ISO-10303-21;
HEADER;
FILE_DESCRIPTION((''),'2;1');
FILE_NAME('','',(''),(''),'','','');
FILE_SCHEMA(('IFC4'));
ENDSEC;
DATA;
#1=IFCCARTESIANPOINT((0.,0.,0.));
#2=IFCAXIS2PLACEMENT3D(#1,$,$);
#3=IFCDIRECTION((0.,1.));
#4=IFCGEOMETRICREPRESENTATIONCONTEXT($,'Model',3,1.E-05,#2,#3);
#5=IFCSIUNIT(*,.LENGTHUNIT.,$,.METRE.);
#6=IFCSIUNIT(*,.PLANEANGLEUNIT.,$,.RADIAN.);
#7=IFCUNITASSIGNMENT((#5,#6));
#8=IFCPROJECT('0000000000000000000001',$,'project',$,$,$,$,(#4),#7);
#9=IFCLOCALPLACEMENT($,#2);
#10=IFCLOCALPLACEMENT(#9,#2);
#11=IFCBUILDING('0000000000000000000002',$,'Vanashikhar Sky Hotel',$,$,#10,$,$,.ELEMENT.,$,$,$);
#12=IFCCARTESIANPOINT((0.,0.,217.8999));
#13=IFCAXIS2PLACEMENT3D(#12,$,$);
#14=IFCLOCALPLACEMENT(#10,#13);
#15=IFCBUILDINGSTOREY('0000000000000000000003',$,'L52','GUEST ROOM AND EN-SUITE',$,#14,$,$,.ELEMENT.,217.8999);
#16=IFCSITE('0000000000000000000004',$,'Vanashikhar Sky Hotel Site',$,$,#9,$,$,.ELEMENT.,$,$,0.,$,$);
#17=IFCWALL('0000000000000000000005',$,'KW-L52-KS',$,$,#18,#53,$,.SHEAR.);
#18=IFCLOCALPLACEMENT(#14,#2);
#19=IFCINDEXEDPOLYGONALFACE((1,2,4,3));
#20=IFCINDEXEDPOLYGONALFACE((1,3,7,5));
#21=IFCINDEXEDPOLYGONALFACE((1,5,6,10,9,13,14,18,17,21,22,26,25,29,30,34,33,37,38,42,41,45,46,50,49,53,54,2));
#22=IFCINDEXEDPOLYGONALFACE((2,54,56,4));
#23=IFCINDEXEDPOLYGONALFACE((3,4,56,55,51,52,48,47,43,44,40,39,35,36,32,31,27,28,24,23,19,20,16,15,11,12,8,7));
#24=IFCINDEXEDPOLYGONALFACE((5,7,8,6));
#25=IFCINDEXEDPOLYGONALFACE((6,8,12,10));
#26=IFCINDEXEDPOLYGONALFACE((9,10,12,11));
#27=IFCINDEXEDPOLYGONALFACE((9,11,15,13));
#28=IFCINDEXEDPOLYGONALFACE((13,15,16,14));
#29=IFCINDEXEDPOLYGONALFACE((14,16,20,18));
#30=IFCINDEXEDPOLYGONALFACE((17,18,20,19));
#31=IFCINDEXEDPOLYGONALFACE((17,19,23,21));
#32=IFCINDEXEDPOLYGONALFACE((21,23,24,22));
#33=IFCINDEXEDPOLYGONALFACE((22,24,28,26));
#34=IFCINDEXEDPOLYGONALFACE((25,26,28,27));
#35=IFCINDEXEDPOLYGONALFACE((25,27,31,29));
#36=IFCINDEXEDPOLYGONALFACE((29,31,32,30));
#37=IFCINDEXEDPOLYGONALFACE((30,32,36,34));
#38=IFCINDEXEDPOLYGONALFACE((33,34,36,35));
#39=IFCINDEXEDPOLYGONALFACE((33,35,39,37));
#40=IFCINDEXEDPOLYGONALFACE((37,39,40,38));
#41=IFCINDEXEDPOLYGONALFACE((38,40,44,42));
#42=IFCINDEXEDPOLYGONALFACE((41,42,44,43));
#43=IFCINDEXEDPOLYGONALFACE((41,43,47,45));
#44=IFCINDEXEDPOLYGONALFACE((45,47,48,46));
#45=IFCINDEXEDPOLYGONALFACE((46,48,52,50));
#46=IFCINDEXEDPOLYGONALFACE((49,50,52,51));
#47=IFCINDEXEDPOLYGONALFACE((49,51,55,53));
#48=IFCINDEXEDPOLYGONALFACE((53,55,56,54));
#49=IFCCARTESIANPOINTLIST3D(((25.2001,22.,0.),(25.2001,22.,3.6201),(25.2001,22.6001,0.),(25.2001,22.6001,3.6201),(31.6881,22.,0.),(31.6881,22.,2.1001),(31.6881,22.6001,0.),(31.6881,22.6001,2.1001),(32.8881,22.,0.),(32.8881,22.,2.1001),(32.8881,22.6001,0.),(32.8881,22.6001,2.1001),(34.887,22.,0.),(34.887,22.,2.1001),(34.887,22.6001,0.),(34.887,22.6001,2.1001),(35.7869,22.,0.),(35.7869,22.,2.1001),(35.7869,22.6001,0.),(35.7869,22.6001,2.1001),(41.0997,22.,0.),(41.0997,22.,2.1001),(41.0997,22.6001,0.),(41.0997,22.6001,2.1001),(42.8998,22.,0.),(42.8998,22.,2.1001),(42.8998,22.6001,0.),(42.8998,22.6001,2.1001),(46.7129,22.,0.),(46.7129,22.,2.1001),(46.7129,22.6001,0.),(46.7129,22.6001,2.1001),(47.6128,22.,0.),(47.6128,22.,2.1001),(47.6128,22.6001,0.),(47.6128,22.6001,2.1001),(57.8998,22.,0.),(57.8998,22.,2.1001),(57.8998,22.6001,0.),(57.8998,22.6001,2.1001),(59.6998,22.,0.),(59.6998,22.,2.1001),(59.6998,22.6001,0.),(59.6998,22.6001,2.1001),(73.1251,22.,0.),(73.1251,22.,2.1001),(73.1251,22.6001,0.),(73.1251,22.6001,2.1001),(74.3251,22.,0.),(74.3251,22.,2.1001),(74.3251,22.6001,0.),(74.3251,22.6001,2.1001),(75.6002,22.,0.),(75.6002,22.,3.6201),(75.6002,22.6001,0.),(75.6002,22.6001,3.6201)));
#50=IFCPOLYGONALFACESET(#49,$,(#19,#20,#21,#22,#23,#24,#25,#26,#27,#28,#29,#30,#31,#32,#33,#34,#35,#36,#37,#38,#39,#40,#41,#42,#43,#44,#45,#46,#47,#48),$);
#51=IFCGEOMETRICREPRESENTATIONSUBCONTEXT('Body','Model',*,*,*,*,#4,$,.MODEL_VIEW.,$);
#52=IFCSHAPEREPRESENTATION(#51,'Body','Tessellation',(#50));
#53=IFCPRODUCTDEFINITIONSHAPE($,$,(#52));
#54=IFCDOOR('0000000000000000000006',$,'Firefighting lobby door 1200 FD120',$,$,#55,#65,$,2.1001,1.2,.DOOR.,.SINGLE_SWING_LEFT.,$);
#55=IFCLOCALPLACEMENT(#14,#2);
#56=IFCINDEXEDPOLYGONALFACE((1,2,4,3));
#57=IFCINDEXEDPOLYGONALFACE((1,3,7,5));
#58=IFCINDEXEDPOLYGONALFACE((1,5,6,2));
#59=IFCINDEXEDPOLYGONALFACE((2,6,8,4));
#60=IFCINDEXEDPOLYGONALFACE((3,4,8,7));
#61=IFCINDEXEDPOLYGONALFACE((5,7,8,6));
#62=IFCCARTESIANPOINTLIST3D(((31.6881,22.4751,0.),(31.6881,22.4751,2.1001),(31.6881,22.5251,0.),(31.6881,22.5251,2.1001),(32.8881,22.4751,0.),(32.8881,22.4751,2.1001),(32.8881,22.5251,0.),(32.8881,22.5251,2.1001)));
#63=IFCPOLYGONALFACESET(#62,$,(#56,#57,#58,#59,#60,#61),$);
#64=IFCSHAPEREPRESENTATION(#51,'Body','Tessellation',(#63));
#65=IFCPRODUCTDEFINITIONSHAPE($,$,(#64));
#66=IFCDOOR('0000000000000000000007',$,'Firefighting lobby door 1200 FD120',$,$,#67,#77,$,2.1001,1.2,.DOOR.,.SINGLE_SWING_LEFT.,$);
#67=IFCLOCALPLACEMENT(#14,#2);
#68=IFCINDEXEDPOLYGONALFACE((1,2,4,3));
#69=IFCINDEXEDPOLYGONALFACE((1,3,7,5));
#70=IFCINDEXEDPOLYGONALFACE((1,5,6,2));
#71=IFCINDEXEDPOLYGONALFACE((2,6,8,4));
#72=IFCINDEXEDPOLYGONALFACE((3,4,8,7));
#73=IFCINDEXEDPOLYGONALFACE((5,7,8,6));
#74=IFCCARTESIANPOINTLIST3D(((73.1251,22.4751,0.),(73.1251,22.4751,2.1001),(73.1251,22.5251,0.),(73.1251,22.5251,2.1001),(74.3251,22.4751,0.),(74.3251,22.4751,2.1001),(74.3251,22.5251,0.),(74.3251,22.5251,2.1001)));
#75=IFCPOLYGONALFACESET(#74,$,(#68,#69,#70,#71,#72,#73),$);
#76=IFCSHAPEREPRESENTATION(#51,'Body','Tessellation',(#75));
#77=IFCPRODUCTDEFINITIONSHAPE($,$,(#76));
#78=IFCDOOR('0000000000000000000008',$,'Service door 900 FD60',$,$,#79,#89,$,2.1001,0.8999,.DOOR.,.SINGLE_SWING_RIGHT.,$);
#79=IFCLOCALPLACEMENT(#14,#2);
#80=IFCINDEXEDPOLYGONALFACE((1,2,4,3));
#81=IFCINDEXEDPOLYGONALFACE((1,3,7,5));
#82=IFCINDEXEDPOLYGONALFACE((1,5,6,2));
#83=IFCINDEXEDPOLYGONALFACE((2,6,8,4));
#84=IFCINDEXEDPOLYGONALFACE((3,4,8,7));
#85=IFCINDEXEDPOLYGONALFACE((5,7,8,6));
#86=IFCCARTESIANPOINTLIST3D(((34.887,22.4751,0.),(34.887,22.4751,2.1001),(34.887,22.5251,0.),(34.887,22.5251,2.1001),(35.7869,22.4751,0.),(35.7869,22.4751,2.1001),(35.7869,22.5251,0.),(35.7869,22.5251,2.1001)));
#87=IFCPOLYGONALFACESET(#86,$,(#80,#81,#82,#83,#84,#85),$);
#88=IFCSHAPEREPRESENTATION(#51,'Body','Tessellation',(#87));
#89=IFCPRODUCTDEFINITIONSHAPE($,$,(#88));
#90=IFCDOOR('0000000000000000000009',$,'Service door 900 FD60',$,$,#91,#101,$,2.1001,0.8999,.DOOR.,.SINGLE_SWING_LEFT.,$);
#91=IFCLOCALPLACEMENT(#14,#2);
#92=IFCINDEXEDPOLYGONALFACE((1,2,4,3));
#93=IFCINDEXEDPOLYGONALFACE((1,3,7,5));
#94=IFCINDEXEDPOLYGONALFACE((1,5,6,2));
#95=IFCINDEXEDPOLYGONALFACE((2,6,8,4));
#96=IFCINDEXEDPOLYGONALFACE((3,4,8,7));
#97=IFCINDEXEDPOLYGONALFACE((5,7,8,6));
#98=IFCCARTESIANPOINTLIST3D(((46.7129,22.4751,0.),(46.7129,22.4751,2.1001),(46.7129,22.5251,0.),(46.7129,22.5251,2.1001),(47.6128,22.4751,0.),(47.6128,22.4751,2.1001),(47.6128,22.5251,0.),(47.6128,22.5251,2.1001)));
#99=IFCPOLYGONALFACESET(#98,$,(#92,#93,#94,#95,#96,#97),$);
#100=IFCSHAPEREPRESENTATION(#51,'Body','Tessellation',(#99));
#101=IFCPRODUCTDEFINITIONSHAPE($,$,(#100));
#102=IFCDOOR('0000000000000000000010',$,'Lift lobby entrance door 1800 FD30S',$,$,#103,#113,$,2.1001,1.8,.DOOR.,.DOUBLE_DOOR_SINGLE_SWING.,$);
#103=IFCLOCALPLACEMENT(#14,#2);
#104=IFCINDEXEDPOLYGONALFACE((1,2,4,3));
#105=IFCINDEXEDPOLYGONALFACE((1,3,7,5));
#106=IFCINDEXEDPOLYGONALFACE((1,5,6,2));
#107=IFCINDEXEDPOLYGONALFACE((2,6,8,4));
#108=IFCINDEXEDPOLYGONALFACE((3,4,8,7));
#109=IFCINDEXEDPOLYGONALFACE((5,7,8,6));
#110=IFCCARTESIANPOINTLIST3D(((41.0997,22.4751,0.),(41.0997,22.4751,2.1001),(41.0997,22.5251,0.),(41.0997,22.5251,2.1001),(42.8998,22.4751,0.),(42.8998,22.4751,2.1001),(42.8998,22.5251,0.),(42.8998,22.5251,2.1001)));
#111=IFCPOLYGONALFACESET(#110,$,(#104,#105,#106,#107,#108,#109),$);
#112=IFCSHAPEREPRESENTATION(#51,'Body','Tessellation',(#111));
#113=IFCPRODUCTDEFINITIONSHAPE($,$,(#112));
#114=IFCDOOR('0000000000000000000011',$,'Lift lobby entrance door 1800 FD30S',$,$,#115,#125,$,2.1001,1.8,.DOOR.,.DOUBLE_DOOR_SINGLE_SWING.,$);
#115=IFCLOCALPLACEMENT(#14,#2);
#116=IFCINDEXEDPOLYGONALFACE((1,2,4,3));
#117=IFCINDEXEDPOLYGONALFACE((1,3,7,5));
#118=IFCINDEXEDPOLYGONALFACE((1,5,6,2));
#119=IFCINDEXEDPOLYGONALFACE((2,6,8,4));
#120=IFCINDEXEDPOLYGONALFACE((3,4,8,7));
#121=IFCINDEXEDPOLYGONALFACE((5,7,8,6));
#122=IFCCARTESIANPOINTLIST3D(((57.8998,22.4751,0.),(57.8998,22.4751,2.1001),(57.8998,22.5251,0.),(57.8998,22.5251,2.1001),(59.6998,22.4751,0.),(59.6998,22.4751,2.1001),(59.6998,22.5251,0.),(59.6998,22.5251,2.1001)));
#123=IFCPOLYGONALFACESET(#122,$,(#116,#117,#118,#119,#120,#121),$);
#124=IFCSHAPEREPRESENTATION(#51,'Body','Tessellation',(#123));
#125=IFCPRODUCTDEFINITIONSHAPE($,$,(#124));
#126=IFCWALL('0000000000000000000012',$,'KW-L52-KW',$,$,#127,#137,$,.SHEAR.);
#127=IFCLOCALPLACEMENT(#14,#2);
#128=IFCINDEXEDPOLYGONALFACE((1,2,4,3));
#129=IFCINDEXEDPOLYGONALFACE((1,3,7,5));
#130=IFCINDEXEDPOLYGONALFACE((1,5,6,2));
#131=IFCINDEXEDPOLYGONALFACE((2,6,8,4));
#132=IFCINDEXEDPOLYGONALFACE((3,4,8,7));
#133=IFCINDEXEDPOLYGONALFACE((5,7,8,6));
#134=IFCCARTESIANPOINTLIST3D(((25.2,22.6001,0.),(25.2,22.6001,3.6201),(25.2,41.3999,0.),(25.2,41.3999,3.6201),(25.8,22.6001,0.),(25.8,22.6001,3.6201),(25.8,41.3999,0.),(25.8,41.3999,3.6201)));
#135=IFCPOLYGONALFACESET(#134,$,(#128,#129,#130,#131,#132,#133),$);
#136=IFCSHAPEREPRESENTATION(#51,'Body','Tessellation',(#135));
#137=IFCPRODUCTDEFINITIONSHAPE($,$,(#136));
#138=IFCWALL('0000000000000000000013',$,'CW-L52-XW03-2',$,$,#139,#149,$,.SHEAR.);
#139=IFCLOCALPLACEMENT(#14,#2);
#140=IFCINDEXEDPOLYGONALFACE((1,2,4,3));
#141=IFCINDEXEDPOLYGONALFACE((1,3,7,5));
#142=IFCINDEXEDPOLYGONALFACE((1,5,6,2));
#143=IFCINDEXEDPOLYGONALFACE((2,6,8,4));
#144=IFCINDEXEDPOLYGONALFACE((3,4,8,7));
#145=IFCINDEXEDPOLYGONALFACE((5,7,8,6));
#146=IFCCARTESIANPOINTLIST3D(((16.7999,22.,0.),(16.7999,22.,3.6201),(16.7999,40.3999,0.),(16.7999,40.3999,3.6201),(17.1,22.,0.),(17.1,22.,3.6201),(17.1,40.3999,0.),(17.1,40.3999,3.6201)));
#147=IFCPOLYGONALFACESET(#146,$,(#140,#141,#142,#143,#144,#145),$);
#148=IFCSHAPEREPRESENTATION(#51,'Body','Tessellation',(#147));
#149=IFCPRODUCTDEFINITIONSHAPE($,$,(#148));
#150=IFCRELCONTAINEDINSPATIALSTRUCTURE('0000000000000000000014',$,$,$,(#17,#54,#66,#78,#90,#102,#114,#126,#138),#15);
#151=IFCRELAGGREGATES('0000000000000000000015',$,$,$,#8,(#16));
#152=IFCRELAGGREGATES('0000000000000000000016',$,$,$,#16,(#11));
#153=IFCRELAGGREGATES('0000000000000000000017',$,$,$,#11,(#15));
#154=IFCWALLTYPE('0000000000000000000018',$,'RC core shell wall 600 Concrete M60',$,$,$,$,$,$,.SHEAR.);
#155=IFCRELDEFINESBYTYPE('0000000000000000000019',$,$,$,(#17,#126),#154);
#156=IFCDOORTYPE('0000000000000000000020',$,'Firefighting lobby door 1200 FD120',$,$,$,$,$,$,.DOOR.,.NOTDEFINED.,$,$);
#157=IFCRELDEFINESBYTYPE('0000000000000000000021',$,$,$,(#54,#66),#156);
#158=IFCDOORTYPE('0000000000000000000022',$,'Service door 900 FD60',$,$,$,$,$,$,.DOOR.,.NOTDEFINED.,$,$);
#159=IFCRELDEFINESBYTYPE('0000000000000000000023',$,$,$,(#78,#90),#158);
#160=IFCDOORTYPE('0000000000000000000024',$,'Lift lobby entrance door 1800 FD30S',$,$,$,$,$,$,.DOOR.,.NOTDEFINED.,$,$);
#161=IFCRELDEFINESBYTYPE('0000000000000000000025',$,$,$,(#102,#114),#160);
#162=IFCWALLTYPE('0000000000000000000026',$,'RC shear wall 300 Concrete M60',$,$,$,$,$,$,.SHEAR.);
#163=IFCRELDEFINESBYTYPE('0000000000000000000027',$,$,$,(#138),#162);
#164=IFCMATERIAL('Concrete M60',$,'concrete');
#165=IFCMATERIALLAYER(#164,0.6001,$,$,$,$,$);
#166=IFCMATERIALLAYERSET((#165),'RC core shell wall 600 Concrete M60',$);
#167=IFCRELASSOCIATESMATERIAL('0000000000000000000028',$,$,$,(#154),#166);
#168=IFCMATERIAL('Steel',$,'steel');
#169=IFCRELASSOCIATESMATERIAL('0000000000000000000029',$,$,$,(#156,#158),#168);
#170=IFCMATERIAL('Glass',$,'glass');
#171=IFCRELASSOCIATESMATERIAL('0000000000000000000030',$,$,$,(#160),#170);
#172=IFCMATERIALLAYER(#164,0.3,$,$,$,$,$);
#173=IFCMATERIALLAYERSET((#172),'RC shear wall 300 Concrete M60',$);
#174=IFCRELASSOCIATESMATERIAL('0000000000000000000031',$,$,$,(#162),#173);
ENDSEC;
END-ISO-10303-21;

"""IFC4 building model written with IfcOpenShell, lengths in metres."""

from ifc_helpers import new_model, si_unit, direction, frame, frame_2d, origin, place, context, subcontext, project, spatial, rectangle, extrude, source, transform, mapped, material, layer, layer_set, type_object, element, fill, save


model = new_model("IFC4")

# Units and contexts
model_context = context("Model", 3, precision=1e-05, world=origin(), true_north=direction((0.0, 1.0)))
body_context = subcontext(model_context, "Body", "Model", "MODEL_VIEW")
ifc_project = project(units=[si_unit("LENGTHUNIT", "METRE"), si_unit("PLANEANGLEUNIT", "RADIAN")], contexts=[model_context])

# Site, building, storey
site_placement = place(None, origin())
site = spatial("IfcSite", under=ifc_project, at=site_placement, Name="Vanashikhar Sky Hotel Site", CompositionType="ELEMENT", RefElevation=0.0)
building_placement = place(site_placement, origin())
building = spatial("IfcBuilding", under=site, at=building_placement, Name="Vanashikhar Sky Hotel", CompositionType="ELEMENT")
storey_placement = place(building_placement, frame((0.0, 0.0, 217.8999)))
storey = spatial("IfcBuildingStorey", under=building, at=storey_placement, Name="L52", Description="GUEST ROOM AND EN-SUITE", CompositionType="ELEMENT", Elevation=217.8999)

# Wall, openings, doors
ifc_material_1 = material(Name="Concrete M60", Category="concrete")
ifc_layer_1 = layer(ifc_material_1, 0.6001)
ifc_layer_set_1 = layer_set([ifc_layer_1], Name="RC core shell wall 600 Concrete M60")
wall_type_1 = type_object("IfcWallType", Name="RC core shell wall 600 Concrete M60", PredefinedType="SHEAR", material=ifc_layer_set_1)
shared_shape_1 = source(origin(), body_context, "Body", "SweptSolid", [
    extrude(rectangle(XDim=50.4001, YDim=0.6001, at=frame_2d((25.2002, 0.0))), origin(), (0.0, 0.0, 1.0), 3.6201),
])
wall_1_placement = place(storey_placement, frame((25.2, 22.3, 0.0), z_axis=(0.0, 0.0, 1.0), x_axis=(1.0, 0.0, 0.0)))
wall_1 = element("IfcWall", 1, at=wall_1_placement, inside=storey, type_object=wall_type_1, Name="KW-L52-KS", PredefinedType="SHEAR", context=body_context, shape_type="MappedRepresentation", body=[
    mapped(shared_shape_1, transform((0.0, 0.0, 0.0), scale=1.0)),
])
shared_shape_2 = source(origin(), body_context, "Body", "SweptSolid", [
    extrude(rectangle(XDim=1.8, YDim=2.1001, at=frame_2d((0.8999, 1.05))), frame((0.0, 0.3101, 0.0), z_axis=(0.0, -1.0, 0.0), x_axis=(1.0, 0.0, 0.0)), (0.0, 0.0, 1.0), 0.6201),
])
opening_1_placement = place(wall_1_placement, frame((15.8999, 0.0, 0.0)))
opening_1 = element("IfcOpeningElement", 2, at=opening_1_placement, cuts=wall_1, PredefinedType="OPENING", context=body_context, shape_type="MappedRepresentation", body=[
    mapped(shared_shape_2, transform((0.0, 0.0, 0.0), scale=1.0)),
])
shared_shape_3 = source(origin(), body_context, "Body", "SweptSolid", [
    extrude(rectangle(XDim=0.8999, YDim=2.1001, at=frame_2d((0.45, 1.05))), frame((0.0, 0.3101, 0.0), z_axis=(0.0, -1.0, 0.0), x_axis=(1.0, 0.0, 0.0)), (0.0, 0.0, 1.0), 0.6201),
])
opening_2_placement = place(wall_1_placement, frame((9.687, 0.0, 0.0)))
opening_2 = element("IfcOpeningElement", 3, at=opening_2_placement, cuts=wall_1, PredefinedType="OPENING", context=body_context, shape_type="MappedRepresentation", body=[
    mapped(shared_shape_3, transform((0.0, 0.0, 0.0), scale=1.0)),
])
opening_3_placement = place(wall_1_placement, frame((21.5129, 0.0, 0.0)))
opening_3 = element("IfcOpeningElement", 4, at=opening_3_placement, cuts=wall_1, PredefinedType="OPENING", context=body_context, shape_type="MappedRepresentation", body=[
    mapped(shared_shape_3, transform((0.0, 0.0, 0.0), scale=1.0)),
])
opening_4_placement = place(wall_1_placement, frame((32.7, 0.0, 0.0)))
opening_4 = element("IfcOpeningElement", 5, at=opening_4_placement, cuts=wall_1, PredefinedType="OPENING", context=body_context, shape_type="MappedRepresentation", body=[
    mapped(shared_shape_2, transform((0.0, 0.0, 0.0), scale=1.0)),
])
shared_shape_4 = source(origin(), body_context, "Body", "SweptSolid", [
    extrude(rectangle(XDim=1.2, YDim=2.1001, at=frame_2d((0.6001, 1.05))), frame((0.0, 0.3101, 0.0), z_axis=(0.0, -1.0, 0.0), x_axis=(1.0, 0.0, 0.0)), (0.0, 0.0, 1.0), 0.6201),
])
opening_5_placement = place(wall_1_placement, frame((6.488, 0.0, 0.0)))
opening_5 = element("IfcOpeningElement", 6, at=opening_5_placement, cuts=wall_1, PredefinedType="OPENING", context=body_context, shape_type="MappedRepresentation", body=[
    mapped(shared_shape_4, transform((0.0, 0.0, 0.0), scale=1.0)),
])
opening_6_placement = place(wall_1_placement, frame((47.925, 0.0, 0.0)))
opening_6 = element("IfcOpeningElement", 7, at=opening_6_placement, cuts=wall_1, PredefinedType="OPENING", context=body_context, shape_type="MappedRepresentation", body=[
    mapped(shared_shape_4, transform((0.0, 0.0, 0.0), scale=1.0)),
])
ifc_material_2 = material(Name="Steel", Category="steel")
door_type_1 = type_object("IfcDoorType", Name="Firefighting lobby door 1200 FD120", OperationType="NOTDEFINED", PredefinedType="DOOR", material=ifc_material_2)
shared_shape_5 = source(origin(), body_context, "Body", "SweptSolid", [
    extrude(rectangle(XDim=1.2, YDim=2.1001, at=frame_2d((0.6001, 1.05))), frame((0.0, 0.2251, 0.0), z_axis=(0.0, -1.0, 0.0), x_axis=(1.0, 0.0, 0.0)), (0.0, 0.0, 1.0), 0.05),
])
door_1_placement = place(opening_5_placement, origin())
door_1 = element("IfcDoor", 8, at=door_1_placement, inside=storey, type_object=door_type_1, Name="Firefighting lobby door 1200 FD120", OperationType="SINGLE_SWING_LEFT", OverallHeight=2.1001, OverallWidth=1.2, PredefinedType="DOOR", context=body_context, shape_type="MappedRepresentation", body=[
    mapped(shared_shape_5, transform((0.0, 0.0, 0.0), scale=1.0)),
])
fill(opening_5, door_1)
door_2_placement = place(opening_6_placement, origin())
door_2 = element("IfcDoor", 9, at=door_2_placement, inside=storey, type_object=door_type_1, Name="Firefighting lobby door 1200 FD120", OperationType="SINGLE_SWING_LEFT", OverallHeight=2.1001, OverallWidth=1.2, PredefinedType="DOOR", context=body_context, shape_type="MappedRepresentation", body=[
    mapped(shared_shape_5, transform((0.0, 0.0, 0.0), scale=1.0)),
])
fill(opening_6, door_2)
door_type_2 = type_object("IfcDoorType", Name="Service door 900 FD60", OperationType="NOTDEFINED", PredefinedType="DOOR", material=ifc_material_2)
shared_shape_6 = source(origin(), body_context, "Body", "SweptSolid", [
    extrude(rectangle(XDim=0.8999, YDim=2.1001, at=frame_2d((0.45, 1.05))), frame((0.0, 0.2251, 0.0), z_axis=(0.0, -1.0, 0.0), x_axis=(1.0, 0.0, 0.0)), (0.0, 0.0, 1.0), 0.05),
])
door_3_placement = place(opening_2_placement, origin())
door_3 = element("IfcDoor", 10, at=door_3_placement, inside=storey, type_object=door_type_2, Name="Service door 900 FD60", OperationType="SINGLE_SWING_RIGHT", OverallHeight=2.1001, OverallWidth=0.8999, PredefinedType="DOOR", context=body_context, shape_type="MappedRepresentation", body=[
    mapped(shared_shape_6, transform((0.0, 0.0, 0.0), scale=1.0)),
])
fill(opening_2, door_3)
door_4_placement = place(opening_3_placement, origin())
door_4 = element("IfcDoor", 11, at=door_4_placement, inside=storey, type_object=door_type_2, Name="Service door 900 FD60", OperationType="SINGLE_SWING_LEFT", OverallHeight=2.1001, OverallWidth=0.8999, PredefinedType="DOOR", context=body_context, shape_type="MappedRepresentation", body=[
    mapped(shared_shape_6, transform((0.0, 0.0, 0.0), scale=1.0)),
])
fill(opening_3, door_4)
ifc_material_3 = material(Name="Glass", Category="glass")
door_type_3 = type_object("IfcDoorType", Name="Lift lobby entrance door 1800 FD30S", OperationType="NOTDEFINED", PredefinedType="DOOR", material=ifc_material_3)
shared_shape_7 = source(origin(), body_context, "Body", "SweptSolid", [
    extrude(rectangle(XDim=1.8, YDim=2.1001, at=frame_2d((0.8999, 1.05))), frame((0.0, 0.2251, 0.0), z_axis=(0.0, -1.0, 0.0), x_axis=(1.0, 0.0, 0.0)), (0.0, 0.0, 1.0), 0.05),
])
door_5_placement = place(opening_1_placement, origin())
door_5 = element("IfcDoor", 12, at=door_5_placement, inside=storey, type_object=door_type_3, Name="Lift lobby entrance door 1800 FD30S", OperationType="DOUBLE_DOOR_SINGLE_SWING", OverallHeight=2.1001, OverallWidth=1.8, PredefinedType="DOOR", context=body_context, shape_type="MappedRepresentation", body=[
    mapped(shared_shape_7, transform((0.0, 0.0, 0.0), scale=1.0)),
])
fill(opening_1, door_5)
door_6_placement = place(opening_4_placement, origin())
door_6 = element("IfcDoor", 13, at=door_6_placement, inside=storey, type_object=door_type_3, Name="Lift lobby entrance door 1800 FD30S", OperationType="DOUBLE_DOOR_SINGLE_SWING", OverallHeight=2.1001, OverallWidth=1.8, PredefinedType="DOOR", context=body_context, shape_type="MappedRepresentation", body=[
    mapped(shared_shape_7, transform((0.0, 0.0, 0.0), scale=1.0)),
])
fill(opening_4, door_6)

# Walls
shared_shape_8 = source(origin(), body_context, "Body", "SweptSolid", [
    extrude(rectangle(XDim=18.7998, YDim=0.6001, at=frame_2d((9.3999, 0.0))), origin(), (0.0, 0.0, 1.0), 3.6201),
])
wall_2_placement = place(storey_placement, frame((25.5, 22.6001, 0.0), z_axis=(0.0, 0.0, 1.0), x_axis=(0.0, 1.0, 0.0)))
element("IfcWall", 14, at=wall_2_placement, inside=storey, type_object=wall_type_1, Name="KW-L52-KW", PredefinedType="SHEAR", context=body_context, shape_type="MappedRepresentation", body=[
    mapped(shared_shape_8, transform((0.0, 0.0, 0.0), scale=1.0)),
])
ifc_layer_2 = layer(ifc_material_1, 0.3)
ifc_layer_set_2 = layer_set([ifc_layer_2], Name="RC shear wall 300 Concrete M60")
wall_type_2 = type_object("IfcWallType", Name="RC shear wall 300 Concrete M60", PredefinedType="SHEAR", material=ifc_layer_set_2)
shared_shape_9 = source(origin(), body_context, "Body", "SweptSolid", [
    extrude(rectangle(XDim=18.3999, YDim=0.3, at=frame_2d((9.2, 0.0))), origin(), (0.0, 0.0, 1.0), 3.6201),
])
wall_3_placement = place(storey_placement, frame((16.95, 22.0, 0.0), z_axis=(0.0, 0.0, 1.0), x_axis=(0.0, 1.0, 0.0)))
element("IfcWall", 15, at=wall_3_placement, inside=storey, type_object=wall_type_2, Name="CW-L52-XW03-2", PredefinedType="SHEAR", context=body_context, shape_type="MappedRepresentation", body=[
    mapped(shared_shape_9, transform((0.0, 0.0, 0.0), scale=1.0)),
])

save(model, "model.ifc")
